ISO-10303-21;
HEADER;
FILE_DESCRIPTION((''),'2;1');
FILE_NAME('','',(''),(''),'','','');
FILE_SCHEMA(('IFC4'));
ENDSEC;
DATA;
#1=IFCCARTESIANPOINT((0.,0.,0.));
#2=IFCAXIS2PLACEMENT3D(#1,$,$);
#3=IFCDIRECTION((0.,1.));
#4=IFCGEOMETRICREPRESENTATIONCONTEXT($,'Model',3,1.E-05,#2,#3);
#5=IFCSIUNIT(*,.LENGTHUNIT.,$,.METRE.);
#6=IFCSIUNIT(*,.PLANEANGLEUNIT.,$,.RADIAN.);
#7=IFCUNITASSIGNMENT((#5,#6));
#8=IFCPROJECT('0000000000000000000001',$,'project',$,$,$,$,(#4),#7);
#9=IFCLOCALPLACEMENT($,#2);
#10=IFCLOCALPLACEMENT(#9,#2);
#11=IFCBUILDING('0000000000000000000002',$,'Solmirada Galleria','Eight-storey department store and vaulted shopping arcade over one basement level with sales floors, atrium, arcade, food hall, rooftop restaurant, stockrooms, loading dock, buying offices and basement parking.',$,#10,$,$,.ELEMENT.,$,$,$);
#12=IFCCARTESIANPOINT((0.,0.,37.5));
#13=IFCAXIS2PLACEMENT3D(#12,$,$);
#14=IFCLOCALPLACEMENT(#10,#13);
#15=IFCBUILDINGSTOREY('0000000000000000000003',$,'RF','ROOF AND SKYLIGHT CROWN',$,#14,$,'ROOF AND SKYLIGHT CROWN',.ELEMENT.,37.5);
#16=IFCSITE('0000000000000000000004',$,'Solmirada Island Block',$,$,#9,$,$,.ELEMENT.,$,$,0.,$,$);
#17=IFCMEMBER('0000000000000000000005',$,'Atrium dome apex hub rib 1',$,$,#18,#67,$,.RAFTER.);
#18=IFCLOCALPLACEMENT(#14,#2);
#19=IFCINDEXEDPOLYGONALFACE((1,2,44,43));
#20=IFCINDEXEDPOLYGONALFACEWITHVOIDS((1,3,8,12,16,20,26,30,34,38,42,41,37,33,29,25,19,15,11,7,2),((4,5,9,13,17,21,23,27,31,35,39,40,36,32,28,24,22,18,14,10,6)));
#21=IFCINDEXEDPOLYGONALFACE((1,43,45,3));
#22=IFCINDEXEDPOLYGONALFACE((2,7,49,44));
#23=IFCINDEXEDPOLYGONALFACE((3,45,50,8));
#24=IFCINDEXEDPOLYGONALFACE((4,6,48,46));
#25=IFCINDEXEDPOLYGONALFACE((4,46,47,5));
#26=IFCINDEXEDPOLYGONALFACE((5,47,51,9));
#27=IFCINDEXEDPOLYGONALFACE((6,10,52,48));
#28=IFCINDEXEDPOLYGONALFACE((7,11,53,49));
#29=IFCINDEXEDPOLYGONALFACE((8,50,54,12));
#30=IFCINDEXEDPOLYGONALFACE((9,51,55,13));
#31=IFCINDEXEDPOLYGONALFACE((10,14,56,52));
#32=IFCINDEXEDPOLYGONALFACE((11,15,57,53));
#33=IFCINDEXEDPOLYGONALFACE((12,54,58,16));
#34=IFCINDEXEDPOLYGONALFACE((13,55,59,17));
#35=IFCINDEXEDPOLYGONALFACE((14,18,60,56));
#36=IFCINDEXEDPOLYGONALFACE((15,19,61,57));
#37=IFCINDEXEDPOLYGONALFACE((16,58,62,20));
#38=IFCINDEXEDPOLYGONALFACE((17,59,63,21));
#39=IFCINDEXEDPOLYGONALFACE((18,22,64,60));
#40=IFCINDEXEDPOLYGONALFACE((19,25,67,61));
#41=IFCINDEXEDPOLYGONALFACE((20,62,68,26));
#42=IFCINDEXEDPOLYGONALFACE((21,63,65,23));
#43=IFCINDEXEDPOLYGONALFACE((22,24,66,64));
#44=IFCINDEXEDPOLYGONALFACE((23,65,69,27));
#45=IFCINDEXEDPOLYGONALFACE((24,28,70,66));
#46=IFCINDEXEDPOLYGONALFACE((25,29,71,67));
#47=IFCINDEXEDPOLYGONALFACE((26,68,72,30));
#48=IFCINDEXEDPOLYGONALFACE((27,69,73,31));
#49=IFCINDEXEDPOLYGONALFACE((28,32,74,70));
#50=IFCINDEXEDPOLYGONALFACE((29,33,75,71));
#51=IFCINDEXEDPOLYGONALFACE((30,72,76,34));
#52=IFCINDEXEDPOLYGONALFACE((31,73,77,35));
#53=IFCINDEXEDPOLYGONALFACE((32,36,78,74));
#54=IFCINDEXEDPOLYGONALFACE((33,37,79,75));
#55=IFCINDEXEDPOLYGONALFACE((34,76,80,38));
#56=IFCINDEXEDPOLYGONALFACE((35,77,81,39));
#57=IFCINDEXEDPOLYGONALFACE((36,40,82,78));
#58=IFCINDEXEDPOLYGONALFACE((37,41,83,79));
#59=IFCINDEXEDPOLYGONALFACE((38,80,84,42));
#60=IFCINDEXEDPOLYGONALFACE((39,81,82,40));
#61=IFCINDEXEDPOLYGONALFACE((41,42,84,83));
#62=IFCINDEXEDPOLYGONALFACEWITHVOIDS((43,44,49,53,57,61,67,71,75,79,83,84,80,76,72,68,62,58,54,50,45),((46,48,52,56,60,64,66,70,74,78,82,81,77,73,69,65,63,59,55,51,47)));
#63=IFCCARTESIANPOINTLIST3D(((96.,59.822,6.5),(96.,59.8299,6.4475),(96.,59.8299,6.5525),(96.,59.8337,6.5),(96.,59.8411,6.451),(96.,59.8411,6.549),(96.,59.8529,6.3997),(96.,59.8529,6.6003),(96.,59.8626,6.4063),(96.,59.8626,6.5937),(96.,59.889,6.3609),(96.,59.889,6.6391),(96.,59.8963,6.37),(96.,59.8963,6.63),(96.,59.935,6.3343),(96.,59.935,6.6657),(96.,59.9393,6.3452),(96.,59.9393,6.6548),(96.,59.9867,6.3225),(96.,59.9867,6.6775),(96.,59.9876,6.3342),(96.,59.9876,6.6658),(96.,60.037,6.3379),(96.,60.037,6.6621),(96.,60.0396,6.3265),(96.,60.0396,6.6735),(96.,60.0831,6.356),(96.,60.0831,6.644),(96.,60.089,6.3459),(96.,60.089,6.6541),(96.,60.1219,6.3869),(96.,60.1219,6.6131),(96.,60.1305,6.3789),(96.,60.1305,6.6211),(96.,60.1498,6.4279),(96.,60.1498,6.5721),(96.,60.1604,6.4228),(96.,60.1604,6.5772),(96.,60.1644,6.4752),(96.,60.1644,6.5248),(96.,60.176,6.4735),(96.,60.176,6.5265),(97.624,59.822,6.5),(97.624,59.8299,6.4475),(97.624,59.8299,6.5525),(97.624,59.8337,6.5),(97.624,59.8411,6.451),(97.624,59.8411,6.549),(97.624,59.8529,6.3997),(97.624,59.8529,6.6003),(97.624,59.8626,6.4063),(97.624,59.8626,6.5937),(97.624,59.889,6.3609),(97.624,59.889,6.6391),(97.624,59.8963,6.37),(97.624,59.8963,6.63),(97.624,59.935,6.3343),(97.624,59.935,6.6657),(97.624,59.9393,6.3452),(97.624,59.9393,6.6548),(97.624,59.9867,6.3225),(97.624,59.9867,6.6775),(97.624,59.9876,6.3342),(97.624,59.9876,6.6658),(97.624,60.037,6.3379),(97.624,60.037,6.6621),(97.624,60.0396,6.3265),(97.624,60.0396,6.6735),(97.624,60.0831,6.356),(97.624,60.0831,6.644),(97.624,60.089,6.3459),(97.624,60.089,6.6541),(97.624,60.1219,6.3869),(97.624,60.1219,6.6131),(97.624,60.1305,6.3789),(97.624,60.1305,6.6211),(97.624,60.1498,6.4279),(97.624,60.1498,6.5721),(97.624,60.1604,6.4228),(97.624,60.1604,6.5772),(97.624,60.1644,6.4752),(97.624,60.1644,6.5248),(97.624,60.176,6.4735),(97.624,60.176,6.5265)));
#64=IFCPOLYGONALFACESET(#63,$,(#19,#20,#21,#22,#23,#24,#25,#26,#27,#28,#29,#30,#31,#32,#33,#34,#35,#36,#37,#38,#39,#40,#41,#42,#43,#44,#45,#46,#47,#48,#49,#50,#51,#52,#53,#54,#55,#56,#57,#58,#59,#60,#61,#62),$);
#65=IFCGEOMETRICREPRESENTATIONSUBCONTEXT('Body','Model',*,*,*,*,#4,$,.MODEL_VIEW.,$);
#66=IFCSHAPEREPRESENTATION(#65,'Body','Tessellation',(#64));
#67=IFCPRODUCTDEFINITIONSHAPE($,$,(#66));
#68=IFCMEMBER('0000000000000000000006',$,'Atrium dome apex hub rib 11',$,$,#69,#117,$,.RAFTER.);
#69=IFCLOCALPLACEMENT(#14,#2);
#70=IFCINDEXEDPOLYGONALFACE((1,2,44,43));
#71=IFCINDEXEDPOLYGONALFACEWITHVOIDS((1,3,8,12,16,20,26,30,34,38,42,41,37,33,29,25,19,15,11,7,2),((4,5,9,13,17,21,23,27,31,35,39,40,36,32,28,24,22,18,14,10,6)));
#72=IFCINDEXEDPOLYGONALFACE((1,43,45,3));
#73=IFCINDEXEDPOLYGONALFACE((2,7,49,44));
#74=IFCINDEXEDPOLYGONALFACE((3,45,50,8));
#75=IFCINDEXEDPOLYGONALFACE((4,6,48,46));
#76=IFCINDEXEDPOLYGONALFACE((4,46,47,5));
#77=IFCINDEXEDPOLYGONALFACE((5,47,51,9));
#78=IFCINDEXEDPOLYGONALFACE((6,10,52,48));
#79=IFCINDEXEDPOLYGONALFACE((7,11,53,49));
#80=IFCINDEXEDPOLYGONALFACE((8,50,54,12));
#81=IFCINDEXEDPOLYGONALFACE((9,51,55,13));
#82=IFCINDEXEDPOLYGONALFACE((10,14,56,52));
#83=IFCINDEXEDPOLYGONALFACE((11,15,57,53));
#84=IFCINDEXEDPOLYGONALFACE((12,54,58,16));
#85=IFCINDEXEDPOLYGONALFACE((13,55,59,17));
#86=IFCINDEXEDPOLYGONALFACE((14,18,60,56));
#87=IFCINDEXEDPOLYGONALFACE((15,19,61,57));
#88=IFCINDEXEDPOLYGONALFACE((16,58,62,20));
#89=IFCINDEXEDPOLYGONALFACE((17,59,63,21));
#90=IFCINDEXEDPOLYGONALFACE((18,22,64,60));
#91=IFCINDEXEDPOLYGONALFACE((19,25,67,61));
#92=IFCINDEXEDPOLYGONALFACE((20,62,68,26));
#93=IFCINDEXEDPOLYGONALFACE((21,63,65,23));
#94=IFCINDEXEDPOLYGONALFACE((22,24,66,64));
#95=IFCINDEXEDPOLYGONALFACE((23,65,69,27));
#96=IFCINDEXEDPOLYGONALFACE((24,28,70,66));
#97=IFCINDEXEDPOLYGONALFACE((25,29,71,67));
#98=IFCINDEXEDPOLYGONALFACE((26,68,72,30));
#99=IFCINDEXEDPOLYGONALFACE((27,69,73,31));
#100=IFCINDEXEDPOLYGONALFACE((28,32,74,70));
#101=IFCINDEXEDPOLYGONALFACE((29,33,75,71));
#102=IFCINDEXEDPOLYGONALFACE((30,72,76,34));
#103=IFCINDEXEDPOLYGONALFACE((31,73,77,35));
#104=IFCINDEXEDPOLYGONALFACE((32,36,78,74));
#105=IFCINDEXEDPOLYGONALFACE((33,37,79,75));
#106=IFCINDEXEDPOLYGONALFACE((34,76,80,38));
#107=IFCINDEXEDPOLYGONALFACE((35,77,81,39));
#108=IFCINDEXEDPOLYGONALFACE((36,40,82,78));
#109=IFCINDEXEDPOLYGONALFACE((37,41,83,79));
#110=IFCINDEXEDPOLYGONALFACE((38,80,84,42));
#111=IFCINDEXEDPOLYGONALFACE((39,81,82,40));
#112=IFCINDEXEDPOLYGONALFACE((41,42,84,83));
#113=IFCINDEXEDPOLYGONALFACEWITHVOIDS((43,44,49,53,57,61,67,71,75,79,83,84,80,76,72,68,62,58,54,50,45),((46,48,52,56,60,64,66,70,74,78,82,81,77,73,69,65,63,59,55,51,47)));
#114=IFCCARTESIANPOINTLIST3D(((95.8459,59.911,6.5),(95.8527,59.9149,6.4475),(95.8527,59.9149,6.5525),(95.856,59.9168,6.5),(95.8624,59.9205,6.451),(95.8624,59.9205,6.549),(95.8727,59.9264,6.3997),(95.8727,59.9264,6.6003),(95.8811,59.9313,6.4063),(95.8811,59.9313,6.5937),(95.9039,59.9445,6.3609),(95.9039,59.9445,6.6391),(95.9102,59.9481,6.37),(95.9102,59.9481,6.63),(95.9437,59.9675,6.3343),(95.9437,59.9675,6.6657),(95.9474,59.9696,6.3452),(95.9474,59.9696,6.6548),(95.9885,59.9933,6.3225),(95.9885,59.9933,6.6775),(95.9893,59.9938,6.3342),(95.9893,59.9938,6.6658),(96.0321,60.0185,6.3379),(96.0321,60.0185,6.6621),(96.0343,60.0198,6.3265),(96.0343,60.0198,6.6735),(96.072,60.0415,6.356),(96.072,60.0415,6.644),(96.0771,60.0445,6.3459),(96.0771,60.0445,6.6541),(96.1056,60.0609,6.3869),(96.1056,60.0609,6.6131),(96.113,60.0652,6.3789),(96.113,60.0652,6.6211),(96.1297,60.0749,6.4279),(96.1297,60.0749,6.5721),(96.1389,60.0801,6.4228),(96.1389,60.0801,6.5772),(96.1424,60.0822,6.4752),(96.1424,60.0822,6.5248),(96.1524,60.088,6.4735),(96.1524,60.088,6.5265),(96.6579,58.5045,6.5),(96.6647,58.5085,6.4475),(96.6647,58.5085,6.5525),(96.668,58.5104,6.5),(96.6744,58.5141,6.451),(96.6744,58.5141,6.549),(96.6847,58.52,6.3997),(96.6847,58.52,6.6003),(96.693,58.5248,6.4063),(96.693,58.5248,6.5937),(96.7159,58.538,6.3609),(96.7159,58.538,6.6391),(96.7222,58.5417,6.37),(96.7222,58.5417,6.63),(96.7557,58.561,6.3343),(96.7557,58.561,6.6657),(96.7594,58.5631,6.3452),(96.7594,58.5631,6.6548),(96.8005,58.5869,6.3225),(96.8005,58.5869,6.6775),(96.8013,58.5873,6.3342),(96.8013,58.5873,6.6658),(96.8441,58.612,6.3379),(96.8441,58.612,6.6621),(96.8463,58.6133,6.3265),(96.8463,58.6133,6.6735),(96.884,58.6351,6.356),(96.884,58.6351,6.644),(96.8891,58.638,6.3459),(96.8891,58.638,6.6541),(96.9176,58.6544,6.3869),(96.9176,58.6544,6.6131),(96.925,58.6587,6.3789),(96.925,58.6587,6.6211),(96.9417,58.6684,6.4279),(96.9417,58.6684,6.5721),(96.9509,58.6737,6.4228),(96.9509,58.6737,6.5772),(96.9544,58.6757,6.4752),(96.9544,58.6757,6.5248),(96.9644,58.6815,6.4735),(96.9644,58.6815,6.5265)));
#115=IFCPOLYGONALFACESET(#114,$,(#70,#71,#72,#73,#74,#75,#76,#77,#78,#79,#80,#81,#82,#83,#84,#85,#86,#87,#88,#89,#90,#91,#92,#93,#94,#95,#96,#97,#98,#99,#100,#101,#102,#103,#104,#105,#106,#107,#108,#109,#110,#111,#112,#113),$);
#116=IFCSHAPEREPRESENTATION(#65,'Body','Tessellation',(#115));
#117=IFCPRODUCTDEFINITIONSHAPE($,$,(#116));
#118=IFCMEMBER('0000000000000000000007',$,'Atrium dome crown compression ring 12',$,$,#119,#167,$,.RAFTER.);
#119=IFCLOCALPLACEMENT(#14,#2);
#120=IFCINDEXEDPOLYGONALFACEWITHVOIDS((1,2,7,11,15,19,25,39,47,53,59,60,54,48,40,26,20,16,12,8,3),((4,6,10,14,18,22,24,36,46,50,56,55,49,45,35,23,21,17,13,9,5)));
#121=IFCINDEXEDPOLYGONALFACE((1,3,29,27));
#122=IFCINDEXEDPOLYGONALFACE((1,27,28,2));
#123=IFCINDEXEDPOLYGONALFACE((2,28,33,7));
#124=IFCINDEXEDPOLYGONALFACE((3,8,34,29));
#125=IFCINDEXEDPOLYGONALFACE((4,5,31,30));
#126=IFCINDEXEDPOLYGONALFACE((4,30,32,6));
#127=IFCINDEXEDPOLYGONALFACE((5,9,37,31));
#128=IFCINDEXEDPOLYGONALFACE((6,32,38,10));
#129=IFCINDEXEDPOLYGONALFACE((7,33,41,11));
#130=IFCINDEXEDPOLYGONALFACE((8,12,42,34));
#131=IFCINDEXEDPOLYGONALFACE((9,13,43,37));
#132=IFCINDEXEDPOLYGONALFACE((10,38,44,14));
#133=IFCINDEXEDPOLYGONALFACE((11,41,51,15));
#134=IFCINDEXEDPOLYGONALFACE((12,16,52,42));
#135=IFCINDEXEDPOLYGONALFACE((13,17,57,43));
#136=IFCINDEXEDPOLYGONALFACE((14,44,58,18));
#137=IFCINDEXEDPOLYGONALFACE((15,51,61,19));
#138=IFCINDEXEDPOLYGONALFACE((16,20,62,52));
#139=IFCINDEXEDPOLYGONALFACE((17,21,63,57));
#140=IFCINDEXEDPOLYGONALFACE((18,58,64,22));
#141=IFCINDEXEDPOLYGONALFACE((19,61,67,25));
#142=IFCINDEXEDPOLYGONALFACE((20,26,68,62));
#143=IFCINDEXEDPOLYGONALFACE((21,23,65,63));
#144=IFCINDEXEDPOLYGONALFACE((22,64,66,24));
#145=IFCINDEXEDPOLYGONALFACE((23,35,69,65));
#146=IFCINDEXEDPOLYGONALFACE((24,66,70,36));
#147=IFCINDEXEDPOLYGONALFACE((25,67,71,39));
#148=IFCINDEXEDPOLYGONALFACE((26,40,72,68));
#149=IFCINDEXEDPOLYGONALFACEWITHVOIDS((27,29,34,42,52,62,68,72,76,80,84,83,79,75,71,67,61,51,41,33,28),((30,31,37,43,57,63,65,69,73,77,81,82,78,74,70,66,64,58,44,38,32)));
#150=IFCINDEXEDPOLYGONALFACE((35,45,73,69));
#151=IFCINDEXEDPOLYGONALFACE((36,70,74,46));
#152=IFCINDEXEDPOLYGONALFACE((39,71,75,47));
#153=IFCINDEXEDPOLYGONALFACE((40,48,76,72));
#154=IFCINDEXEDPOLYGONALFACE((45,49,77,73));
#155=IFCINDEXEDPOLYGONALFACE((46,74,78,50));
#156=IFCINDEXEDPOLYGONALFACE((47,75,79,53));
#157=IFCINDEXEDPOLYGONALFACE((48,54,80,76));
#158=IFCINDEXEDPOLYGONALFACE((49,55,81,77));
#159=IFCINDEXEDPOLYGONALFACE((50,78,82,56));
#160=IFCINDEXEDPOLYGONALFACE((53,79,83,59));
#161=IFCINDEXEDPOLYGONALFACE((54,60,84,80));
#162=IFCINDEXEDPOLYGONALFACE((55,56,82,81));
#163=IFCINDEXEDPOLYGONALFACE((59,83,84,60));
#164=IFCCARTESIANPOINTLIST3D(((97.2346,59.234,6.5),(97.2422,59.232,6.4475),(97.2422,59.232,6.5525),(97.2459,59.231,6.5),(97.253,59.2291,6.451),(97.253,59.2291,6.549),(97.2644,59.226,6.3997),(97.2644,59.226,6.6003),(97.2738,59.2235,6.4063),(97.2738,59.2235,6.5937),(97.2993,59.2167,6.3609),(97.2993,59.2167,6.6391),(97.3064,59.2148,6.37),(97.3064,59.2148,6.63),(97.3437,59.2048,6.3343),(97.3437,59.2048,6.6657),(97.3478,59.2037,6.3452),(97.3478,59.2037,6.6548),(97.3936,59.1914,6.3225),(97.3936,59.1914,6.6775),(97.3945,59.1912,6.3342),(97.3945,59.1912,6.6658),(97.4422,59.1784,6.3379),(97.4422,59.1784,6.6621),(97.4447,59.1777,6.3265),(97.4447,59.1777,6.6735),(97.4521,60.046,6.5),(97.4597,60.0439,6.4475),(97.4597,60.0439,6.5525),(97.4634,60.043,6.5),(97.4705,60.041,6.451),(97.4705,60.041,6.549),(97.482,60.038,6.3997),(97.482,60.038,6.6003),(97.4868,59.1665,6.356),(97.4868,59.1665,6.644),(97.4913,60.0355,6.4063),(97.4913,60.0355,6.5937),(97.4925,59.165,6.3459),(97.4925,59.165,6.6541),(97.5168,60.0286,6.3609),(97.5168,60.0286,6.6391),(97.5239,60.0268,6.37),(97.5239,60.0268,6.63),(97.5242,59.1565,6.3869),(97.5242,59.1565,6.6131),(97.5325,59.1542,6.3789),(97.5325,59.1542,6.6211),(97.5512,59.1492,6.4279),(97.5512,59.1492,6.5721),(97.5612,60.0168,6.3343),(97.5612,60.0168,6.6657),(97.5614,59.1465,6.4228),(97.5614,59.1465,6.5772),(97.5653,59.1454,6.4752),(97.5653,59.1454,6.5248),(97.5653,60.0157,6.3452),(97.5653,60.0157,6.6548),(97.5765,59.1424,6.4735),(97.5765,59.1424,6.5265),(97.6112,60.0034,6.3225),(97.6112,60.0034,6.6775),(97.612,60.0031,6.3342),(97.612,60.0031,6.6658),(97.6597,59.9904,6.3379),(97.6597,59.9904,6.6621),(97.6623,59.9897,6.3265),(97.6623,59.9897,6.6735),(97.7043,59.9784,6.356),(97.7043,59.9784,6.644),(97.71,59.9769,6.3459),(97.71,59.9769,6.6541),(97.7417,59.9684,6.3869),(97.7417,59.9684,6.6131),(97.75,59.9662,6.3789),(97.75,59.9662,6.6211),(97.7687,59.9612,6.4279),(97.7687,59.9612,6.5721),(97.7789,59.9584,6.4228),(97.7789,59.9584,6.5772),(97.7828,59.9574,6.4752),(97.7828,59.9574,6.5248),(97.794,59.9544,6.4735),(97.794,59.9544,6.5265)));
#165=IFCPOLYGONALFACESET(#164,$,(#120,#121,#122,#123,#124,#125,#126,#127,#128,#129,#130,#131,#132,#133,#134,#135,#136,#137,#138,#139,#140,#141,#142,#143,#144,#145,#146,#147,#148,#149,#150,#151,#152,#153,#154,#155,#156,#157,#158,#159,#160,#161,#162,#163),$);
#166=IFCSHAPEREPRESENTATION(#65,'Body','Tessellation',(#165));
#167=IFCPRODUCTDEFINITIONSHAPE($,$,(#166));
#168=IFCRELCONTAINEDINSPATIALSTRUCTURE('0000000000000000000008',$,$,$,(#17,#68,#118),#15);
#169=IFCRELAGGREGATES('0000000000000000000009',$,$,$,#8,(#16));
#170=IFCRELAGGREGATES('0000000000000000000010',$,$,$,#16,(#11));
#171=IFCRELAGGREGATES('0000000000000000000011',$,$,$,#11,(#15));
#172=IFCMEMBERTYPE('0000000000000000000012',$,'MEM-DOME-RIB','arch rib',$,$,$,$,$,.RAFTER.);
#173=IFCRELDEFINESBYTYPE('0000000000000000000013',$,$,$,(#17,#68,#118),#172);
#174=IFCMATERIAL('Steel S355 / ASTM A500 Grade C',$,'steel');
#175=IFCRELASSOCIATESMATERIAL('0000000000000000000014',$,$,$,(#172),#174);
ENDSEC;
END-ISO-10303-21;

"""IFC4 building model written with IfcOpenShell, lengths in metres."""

from ifc_helpers import new_model, si_unit, direction, frame, origin, origin_2d, place, context, subcontext, project, spatial, hollow_circle, extrude, material, material_profile, profile_set, type_object, element, save


model = new_model("IFC4")

# Units and contexts
model_context = context("Model", 3, precision=1e-05, world=origin(), true_north=direction((0.0, 1.0)))
body_context = subcontext(model_context, "Body", "Model", "MODEL_VIEW")
ifc_project = project(units=[si_unit("LENGTHUNIT", "METRE"), si_unit("PLANEANGLEUNIT", "RADIAN")], contexts=[model_context])

# Site, building, storey
site_placement = place(None, origin())
site = spatial("IfcSite", under=ifc_project, at=site_placement, Name="Solmirada Island Block", CompositionType="ELEMENT", RefElevation=0.0)
building_placement = place(site_placement, origin())
building = spatial("IfcBuilding", under=site, at=building_placement, Name="Solmirada Galleria", Description="Eight-storey department store and vaulted shopping arcade over one basement level with sales floors, atrium, arcade, food hall, rooftop restaurant, stockrooms, loading dock, buying offices and basement parking.", CompositionType="ELEMENT")
storey_placement = place(building_placement, frame((0.0, 0.0, 37.5)))
storey = spatial("IfcBuildingStorey", under=building, at=storey_placement, Name="RF", Description="ROOF AND SKYLIGHT CROWN", LongName="ROOF AND SKYLIGHT CROWN", CompositionType="ELEMENT", Elevation=37.5)

# Members
ifc_material_1 = material(Name="Steel S355 / ASTM A500 Grade C", Category="steel")
ifc_material_profile_1 = material_profile(ifc_material_1, hollow_circle(Radius=0.178, WallThickness=0.0117, at=origin_2d()), Name="HSS14.000X0.500")
ifc_profile_set_1 = profile_set([ifc_material_profile_1], Name="Steel S355 / ASTM A500 Grade C")
member_type_1 = type_object("IfcMemberType", Name="MEM-DOME-RIB", Description="arch rib", PredefinedType="RAFTER", material=ifc_profile_set_1)
for number, where, z_axis, x_axis, name in (
    (1, (97.624, 60.0, 6.5), (-1.0, 0.0, 0.0), (0.0, -1.0, 0.0), "Atrium dome apex hub rib 1"),
    (2, (96.812, 58.5935, 6.5), (-0.499987, 0.866033, 0.0), (-0.866033, -0.499987, 0.0), "Atrium dome apex hub rib 11"),
):
    element("IfcMember", number, at=place(storey_placement, frame(where, z_axis=z_axis, x_axis=x_axis)), inside=storey, type_object=member_type_1, Name=name, PredefinedType="RAFTER", context=body_context, shape_type="SweptSolid", body=[
        extrude(hollow_circle(Radius=0.178, WallThickness=0.0117, at=origin_2d()), origin(), (0.0, 0.0, 1.0), 1.624),
    ])
member_1_placement = place(storey_placement, frame((97.4065, 59.188, 6.5), z_axis=(0.258765, 0.96594, 0.0), x_axis=(-0.96594, 0.258765, 0.0)))
element("IfcMember", 3, at=member_1_placement, inside=storey, type_object=member_type_1, Name="Atrium dome crown compression ring 12", PredefinedType="RAFTER", context=body_context, shape_type="SweptSolid", body=[
    extrude(hollow_circle(Radius=0.178, WallThickness=0.0117, at=origin_2d()), origin(), (0.0, 0.0, 1.0), 0.8406),
])

save(model, "model.ifc")
